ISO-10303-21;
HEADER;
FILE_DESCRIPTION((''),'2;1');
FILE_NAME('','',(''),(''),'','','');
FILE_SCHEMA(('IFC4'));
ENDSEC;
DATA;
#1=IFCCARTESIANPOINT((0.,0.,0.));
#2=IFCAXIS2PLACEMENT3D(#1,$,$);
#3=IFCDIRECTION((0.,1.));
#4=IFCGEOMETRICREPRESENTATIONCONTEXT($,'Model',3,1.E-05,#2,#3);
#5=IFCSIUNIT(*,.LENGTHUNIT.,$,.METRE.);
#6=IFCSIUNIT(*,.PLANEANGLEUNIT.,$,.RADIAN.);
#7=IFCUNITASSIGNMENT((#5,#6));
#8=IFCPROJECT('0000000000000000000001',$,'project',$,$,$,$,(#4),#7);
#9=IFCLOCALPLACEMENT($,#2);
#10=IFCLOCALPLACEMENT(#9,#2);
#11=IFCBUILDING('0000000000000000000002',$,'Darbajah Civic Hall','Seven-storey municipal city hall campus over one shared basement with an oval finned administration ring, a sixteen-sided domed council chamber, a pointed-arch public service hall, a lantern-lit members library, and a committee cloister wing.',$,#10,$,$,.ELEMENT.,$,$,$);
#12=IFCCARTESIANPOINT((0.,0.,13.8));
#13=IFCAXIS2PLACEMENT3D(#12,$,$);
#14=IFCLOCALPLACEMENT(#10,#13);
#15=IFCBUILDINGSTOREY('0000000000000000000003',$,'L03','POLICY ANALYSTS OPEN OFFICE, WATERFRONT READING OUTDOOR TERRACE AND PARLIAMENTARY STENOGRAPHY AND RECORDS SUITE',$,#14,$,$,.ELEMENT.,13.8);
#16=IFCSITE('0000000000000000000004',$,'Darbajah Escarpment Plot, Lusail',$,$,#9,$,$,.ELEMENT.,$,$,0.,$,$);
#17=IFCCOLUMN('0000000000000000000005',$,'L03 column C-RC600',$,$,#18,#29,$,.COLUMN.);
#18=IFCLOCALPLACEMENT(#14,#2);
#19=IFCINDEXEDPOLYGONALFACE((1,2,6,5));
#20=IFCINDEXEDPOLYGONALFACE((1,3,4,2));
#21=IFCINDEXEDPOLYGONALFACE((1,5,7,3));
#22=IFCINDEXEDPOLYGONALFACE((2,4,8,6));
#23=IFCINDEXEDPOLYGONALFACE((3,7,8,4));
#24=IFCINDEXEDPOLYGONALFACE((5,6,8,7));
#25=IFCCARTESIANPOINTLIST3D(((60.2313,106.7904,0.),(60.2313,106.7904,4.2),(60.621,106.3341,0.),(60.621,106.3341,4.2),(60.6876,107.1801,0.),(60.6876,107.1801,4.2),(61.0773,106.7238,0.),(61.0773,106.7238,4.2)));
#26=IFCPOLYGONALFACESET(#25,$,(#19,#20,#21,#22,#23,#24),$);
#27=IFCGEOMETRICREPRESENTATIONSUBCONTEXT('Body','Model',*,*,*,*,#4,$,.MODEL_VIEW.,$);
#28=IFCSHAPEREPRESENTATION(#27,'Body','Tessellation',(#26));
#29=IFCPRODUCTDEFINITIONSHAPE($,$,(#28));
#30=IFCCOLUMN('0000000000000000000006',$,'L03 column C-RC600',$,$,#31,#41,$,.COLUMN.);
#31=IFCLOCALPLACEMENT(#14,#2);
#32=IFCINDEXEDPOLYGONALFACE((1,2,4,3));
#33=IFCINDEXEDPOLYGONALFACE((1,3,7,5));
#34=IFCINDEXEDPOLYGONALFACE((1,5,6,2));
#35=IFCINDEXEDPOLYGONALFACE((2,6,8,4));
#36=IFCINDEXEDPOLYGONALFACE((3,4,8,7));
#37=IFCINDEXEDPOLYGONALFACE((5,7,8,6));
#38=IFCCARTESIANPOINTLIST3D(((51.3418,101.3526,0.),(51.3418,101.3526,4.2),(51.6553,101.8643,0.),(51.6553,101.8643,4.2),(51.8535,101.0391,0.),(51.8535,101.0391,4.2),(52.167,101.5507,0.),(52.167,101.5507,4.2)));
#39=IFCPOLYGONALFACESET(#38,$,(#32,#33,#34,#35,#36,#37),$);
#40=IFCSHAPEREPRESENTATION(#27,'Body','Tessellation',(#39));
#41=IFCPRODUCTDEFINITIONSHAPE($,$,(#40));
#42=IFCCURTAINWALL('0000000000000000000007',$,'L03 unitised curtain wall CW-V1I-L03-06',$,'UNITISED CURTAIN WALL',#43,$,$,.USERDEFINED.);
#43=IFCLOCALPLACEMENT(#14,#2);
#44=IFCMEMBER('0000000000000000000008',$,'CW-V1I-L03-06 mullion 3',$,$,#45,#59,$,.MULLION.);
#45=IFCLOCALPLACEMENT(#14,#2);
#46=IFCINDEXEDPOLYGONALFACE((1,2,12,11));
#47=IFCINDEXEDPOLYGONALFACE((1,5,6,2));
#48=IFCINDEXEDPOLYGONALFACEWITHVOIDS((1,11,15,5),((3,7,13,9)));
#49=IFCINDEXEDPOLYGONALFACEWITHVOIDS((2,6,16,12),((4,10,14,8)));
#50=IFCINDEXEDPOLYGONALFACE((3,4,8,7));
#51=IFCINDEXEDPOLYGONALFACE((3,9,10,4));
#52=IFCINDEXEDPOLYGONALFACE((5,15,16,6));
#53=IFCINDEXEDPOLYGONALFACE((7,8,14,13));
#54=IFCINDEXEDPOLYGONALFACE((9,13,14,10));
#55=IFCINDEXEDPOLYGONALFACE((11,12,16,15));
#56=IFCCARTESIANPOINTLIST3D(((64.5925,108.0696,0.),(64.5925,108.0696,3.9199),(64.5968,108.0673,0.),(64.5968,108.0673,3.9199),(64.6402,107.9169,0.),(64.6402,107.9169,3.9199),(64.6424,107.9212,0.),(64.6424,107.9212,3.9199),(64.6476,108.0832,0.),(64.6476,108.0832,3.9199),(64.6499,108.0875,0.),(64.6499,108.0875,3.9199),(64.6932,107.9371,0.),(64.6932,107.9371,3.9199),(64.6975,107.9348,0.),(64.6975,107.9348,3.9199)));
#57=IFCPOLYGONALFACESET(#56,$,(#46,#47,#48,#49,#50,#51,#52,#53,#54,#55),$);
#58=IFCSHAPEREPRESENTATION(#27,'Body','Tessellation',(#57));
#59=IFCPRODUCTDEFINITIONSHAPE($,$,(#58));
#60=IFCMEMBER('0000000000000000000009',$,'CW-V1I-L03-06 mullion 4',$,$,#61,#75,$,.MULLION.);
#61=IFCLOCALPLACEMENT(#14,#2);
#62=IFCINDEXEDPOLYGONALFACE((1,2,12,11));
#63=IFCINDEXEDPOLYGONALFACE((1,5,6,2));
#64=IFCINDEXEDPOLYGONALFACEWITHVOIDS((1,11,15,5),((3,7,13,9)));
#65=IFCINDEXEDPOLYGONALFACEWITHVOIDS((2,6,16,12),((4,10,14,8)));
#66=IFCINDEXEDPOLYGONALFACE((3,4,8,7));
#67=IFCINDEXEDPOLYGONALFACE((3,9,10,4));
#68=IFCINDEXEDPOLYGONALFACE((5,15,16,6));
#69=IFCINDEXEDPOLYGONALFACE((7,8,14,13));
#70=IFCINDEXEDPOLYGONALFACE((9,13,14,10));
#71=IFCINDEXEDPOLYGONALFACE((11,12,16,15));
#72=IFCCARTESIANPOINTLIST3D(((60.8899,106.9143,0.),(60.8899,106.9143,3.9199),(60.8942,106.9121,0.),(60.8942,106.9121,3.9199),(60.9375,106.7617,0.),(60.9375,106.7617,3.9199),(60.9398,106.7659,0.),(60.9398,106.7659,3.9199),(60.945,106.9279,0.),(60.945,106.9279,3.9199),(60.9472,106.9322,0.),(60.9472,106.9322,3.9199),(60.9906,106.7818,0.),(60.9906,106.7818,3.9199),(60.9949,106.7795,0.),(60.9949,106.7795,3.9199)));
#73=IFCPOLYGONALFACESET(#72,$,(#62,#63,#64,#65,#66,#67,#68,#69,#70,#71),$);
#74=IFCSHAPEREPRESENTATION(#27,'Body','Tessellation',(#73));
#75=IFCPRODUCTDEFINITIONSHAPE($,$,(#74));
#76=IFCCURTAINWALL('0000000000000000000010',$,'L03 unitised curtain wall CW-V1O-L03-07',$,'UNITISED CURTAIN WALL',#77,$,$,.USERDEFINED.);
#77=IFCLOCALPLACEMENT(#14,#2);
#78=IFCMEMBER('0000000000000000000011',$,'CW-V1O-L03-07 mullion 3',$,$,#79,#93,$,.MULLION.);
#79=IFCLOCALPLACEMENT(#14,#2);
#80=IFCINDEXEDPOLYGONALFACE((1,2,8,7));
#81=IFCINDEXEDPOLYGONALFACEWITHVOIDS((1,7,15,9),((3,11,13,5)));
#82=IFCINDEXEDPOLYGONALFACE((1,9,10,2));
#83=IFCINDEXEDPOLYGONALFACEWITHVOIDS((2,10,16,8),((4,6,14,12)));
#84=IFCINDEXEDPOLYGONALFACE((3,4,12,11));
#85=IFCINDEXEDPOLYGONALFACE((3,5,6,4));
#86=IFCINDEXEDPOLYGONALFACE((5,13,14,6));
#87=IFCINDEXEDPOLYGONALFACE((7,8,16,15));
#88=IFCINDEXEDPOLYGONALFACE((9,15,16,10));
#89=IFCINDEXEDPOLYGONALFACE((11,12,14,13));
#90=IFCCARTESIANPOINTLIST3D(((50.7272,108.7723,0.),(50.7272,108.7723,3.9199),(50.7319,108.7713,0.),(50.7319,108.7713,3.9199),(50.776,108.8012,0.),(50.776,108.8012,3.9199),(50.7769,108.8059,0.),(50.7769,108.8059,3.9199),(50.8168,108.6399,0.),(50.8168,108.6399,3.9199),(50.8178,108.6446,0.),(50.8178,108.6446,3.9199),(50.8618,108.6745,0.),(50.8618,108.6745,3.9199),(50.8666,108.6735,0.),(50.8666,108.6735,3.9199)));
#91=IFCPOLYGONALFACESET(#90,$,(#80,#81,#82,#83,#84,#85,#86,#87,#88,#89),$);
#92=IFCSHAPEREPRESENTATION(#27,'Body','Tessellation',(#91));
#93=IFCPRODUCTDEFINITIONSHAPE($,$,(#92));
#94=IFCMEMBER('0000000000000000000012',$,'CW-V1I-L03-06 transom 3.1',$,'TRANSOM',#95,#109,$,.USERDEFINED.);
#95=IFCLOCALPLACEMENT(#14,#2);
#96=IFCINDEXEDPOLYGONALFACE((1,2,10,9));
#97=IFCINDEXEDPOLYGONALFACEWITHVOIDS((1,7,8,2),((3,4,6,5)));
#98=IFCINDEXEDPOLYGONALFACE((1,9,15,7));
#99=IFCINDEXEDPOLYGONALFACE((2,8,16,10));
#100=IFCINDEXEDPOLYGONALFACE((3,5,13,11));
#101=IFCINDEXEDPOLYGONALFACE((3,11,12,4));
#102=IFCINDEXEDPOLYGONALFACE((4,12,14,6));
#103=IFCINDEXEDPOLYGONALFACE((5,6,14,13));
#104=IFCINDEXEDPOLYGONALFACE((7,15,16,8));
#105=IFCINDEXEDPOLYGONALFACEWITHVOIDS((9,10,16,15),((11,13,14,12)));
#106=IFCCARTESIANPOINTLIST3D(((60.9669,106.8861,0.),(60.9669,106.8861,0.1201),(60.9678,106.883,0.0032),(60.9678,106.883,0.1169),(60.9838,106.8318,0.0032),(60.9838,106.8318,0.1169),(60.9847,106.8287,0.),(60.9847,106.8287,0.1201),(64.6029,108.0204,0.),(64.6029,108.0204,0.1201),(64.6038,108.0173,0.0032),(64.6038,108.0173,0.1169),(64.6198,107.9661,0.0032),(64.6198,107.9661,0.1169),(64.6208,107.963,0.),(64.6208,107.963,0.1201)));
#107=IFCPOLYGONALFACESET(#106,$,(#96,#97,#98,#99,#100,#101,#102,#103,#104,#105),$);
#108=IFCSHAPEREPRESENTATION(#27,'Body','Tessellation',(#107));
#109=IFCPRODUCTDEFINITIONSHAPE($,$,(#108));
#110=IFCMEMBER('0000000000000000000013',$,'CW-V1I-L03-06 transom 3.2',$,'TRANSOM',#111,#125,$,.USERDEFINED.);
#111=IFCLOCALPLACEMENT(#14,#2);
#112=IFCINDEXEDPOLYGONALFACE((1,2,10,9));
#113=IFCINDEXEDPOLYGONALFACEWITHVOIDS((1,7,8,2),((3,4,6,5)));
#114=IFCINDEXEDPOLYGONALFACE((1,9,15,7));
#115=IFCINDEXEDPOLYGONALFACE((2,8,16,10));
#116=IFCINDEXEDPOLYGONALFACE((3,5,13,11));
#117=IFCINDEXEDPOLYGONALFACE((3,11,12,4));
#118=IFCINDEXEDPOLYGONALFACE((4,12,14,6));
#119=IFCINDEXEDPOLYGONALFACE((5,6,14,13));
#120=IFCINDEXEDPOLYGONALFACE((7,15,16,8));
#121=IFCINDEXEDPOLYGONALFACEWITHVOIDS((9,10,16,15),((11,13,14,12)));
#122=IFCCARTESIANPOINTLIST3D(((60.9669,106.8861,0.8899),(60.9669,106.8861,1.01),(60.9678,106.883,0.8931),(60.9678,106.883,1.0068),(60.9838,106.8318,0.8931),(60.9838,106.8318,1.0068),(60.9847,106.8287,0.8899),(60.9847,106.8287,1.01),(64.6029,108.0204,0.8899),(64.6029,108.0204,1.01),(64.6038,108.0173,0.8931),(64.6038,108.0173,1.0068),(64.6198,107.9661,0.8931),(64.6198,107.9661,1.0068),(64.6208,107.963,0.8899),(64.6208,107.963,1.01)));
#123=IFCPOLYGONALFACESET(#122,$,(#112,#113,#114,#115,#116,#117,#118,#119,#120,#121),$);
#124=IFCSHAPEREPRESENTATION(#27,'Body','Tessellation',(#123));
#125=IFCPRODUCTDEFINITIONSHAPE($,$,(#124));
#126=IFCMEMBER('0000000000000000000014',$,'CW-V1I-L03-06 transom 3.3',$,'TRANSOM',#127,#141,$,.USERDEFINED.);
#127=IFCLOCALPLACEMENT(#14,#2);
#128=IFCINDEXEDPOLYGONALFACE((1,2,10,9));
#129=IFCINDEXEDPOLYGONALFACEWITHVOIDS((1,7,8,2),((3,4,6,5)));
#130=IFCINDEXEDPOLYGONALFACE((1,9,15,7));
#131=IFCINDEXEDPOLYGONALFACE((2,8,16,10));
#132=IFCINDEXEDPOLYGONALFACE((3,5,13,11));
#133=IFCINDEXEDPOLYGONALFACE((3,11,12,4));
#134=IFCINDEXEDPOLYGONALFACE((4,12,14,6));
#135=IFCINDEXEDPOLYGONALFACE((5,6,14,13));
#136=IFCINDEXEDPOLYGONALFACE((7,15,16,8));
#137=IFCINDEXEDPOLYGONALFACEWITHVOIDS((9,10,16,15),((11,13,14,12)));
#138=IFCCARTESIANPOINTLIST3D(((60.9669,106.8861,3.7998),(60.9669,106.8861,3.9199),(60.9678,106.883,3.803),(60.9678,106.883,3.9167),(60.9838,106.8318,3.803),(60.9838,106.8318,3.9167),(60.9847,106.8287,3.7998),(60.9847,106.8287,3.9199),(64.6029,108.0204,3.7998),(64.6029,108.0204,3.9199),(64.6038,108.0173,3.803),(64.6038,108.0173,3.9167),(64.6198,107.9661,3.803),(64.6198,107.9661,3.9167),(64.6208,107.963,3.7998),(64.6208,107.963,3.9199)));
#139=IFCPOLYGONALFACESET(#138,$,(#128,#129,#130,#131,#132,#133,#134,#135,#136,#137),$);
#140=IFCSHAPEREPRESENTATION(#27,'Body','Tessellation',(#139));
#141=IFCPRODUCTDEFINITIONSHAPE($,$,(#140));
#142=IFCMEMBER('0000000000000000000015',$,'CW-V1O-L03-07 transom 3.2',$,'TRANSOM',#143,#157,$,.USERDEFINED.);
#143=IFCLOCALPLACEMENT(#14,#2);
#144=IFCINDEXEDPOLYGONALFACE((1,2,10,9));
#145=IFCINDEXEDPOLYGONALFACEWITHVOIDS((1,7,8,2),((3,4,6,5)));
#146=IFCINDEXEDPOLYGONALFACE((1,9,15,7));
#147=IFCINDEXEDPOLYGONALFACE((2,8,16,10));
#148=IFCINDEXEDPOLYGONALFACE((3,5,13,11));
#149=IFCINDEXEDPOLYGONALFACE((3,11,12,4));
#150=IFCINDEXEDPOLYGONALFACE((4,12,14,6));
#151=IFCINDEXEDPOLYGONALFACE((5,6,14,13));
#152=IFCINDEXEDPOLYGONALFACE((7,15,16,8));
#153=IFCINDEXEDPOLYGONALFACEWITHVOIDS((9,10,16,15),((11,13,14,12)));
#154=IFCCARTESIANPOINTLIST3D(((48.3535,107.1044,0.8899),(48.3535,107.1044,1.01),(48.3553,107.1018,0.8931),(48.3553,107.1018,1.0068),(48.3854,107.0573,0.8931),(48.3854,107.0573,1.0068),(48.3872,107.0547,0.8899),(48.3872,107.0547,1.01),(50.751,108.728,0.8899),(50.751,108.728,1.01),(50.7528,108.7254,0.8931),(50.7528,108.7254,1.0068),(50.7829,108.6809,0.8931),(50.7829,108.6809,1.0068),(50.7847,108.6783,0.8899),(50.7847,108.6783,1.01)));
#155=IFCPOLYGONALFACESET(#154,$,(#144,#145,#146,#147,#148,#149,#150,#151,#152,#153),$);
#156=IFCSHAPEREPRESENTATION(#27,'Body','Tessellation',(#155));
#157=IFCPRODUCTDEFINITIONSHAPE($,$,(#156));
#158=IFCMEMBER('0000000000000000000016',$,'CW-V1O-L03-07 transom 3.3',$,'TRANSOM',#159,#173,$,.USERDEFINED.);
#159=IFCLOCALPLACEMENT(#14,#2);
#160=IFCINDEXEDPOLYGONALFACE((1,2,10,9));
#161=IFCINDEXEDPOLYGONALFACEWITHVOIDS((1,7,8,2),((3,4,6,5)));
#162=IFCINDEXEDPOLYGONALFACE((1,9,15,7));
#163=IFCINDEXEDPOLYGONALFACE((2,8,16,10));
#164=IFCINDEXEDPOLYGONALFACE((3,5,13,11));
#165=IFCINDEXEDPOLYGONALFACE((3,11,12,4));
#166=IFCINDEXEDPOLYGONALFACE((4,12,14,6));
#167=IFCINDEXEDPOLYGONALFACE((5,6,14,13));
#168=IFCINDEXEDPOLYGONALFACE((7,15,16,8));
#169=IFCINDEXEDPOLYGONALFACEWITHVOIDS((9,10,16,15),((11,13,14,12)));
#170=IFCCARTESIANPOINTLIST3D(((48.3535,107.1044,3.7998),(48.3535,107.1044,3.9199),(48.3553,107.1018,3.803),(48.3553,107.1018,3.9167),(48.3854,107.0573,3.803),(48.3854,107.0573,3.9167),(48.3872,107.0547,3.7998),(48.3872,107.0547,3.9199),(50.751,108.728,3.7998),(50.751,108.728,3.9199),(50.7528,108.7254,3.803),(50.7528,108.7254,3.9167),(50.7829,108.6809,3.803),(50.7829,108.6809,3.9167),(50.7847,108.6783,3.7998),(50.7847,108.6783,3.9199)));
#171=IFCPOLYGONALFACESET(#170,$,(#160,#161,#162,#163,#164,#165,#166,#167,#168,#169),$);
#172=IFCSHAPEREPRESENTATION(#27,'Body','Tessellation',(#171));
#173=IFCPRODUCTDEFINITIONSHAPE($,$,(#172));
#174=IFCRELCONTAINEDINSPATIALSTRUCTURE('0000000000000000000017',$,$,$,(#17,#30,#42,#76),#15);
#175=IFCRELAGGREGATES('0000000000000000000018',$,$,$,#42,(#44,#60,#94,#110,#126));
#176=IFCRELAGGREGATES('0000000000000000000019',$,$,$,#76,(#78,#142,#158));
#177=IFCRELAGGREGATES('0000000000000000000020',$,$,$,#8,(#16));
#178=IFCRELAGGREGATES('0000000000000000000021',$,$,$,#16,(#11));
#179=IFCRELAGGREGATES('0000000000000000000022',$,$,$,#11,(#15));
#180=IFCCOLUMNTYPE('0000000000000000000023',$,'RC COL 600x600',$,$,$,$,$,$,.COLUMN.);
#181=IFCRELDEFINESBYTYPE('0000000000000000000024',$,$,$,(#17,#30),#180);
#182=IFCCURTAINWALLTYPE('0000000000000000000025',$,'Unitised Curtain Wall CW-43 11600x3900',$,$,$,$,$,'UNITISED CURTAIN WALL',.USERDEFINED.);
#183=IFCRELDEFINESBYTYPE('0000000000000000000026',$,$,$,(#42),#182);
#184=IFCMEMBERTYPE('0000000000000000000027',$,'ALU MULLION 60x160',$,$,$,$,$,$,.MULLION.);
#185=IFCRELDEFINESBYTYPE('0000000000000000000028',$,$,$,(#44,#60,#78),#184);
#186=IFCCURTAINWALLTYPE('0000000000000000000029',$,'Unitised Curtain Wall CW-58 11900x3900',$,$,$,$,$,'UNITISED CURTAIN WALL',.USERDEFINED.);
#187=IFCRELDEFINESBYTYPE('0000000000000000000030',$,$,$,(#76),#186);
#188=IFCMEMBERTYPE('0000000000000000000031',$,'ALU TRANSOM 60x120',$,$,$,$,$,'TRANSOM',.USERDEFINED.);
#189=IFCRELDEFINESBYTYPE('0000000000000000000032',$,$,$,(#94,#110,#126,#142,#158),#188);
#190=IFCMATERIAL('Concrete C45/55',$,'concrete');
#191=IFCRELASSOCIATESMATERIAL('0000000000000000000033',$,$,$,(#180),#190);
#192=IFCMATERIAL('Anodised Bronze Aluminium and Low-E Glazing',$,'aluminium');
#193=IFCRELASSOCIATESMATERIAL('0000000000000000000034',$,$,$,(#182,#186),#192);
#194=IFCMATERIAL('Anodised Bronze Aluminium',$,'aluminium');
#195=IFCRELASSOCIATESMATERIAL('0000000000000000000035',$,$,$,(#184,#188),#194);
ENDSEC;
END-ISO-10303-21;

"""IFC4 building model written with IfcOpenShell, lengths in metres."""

from ifc_helpers import new_model, si_unit, direction, frame, origin, origin_2d, place, context, subcontext, project, spatial, rectangle, hollow_rectangle, extrude, material, material_profile, profile_set, type_object, element, aggregate, save


model = new_model("IFC4")

# Units and contexts
model_context = context("Model", 3, precision=1e-05, world=origin(), true_north=direction((0.0, 1.0)))
body_context = subcontext(model_context, "Body", "Model", "MODEL_VIEW")
ifc_project = project(units=[si_unit("LENGTHUNIT", "METRE"), si_unit("PLANEANGLEUNIT", "RADIAN")], contexts=[model_context])

# Site, building, storey
site_placement = place(None, origin())
site = spatial("IfcSite", under=ifc_project, at=site_placement, Name="Darbajah Escarpment Plot, Lusail", CompositionType="ELEMENT", RefElevation=0.0)
building_placement = place(site_placement, origin())
building = spatial("IfcBuilding", under=site, at=building_placement, Name="Darbajah Civic Hall", Description="Seven-storey municipal city hall campus over one shared basement with an oval finned administration ring, a sixteen-sided domed council chamber, a pointed-arch public service hall, a lantern-lit members library, and a committee cloister wing.", CompositionType="ELEMENT")
storey_placement = place(building_placement, frame((0.0, 0.0, 13.8)))
storey = spatial("IfcBuildingStorey", under=building, at=storey_placement, Name="L03", Description="POLICY ANALYSTS OPEN OFFICE, WATERFRONT READING OUTDOOR TERRACE AND PARLIAMENTARY STENOGRAPHY AND RECORDS SUITE", CompositionType="ELEMENT", Elevation=13.8)

# Columns
ifc_material_1 = material(Name="Concrete C45/55", Category="concrete")
ifc_material_profile_1 = material_profile(ifc_material_1, rectangle(XDim=0.6001, YDim=0.6001, at=origin_2d()), Name="RC COL 600x600")
ifc_profile_set_1 = profile_set([ifc_material_profile_1], Name="Concrete C45/55")
column_type = type_object("IfcColumnType", Name="RC COL 600x600", PredefinedType="COLUMN", material=ifc_profile_set_1)
for number, where, z_axis, x_axis, name in (
    (1, (60.6543, 106.7571, 0.0), (0.0, 0.0, 1.0), (-0.649448, 0.760406, 0.0), "L03 column C-RC600"),
    (2, (51.7544, 101.4517, 0.0), (0.0, 0.0, 1.0), (-0.85264, 0.522499, 0.0), "L03 column C-RC600"),
):
    element("IfcColumn", number, at=place(storey_placement, frame(where, z_axis=z_axis, x_axis=x_axis)), inside=storey, type_object=column_type, Name=name, PredefinedType="COLUMN", context=body_context, shape_type="SweptSolid", body=[
        extrude(rectangle(XDim=0.6001, YDim=0.6001, at=origin_2d()), origin(), (0.0, 0.0, 1.0), 4.2),
    ])

# Curtain wall, members
ifc_material_2 = material(Name="Anodised Bronze Aluminium and Low-E Glazing", Category="aluminium")
curtain_wall_type_1 = type_object("IfcCurtainWallType", Name="Unitised Curtain Wall CW-43 11600x3900", ElementType="UNITISED CURTAIN WALL", PredefinedType="USERDEFINED", material=ifc_material_2)
curtain_wall_1_placement = place(storey_placement, origin())
curtain_wall_1 = element("IfcCurtainWall", 3, at=curtain_wall_1_placement, inside=storey, type_object=curtain_wall_type_1, Name="L03 unitised curtain wall CW-V1I-L03-06", ObjectType="UNITISED CURTAIN WALL", PredefinedType="USERDEFINED")
ifc_material_3 = material(Name="Anodised Bronze Aluminium", Category="aluminium")
ifc_material_profile_2 = material_profile(ifc_material_3, hollow_rectangle(XDim=0.0601, YDim=0.1599, WallThickness=0.0034, at=origin_2d()), Name="ALU MULLION 60x160")
ifc_profile_set_2 = profile_set([ifc_material_profile_2], Name="Anodised Bronze Aluminium")
member_type_1 = type_object("IfcMemberType", Name="ALU MULLION 60x160", PredefinedType="MULLION", material=ifc_profile_set_2)
member_1_placement = place(storey_placement, frame((64.645, 108.0022, 0.0), z_axis=(0.0, 0.0, 1.0), x_axis=(-0.954605, -0.297875, 0.0)))
member_1 = element("IfcMember", 4, at=member_1_placement, type_object=member_type_1, Name="CW-V1I-L03-06 mullion 3", PredefinedType="MULLION", context=body_context, shape_type="SweptSolid", body=[
    extrude(hollow_rectangle(XDim=0.0601, YDim=0.1599, WallThickness=0.0034, at=origin_2d()), origin(), (0.0, 0.0, 1.0), 3.9199),
])
member_2_placement = place(storey_placement, frame((60.9424, 106.8469, 0.0), z_axis=(0.0, 0.0, 1.0), x_axis=(-0.954605, -0.297875, 0.0)))
member_2 = element("IfcMember", 5, at=member_2_placement, type_object=member_type_1, Name="CW-V1I-L03-06 mullion 4", PredefinedType="MULLION", context=body_context, shape_type="SweptSolid", body=[
    extrude(hollow_rectangle(XDim=0.0601, YDim=0.1599, WallThickness=0.0034, at=origin_2d()), origin(), (0.0, 0.0, 1.0), 3.9199),
])

# Curtain wall, member
curtain_wall_type_2 = type_object("IfcCurtainWallType", Name="Unitised Curtain Wall CW-58 11900x3900", ElementType="UNITISED CURTAIN WALL", PredefinedType="USERDEFINED", material=ifc_material_2)
curtain_wall_2_placement = place(storey_placement, origin())
curtain_wall_2 = element("IfcCurtainWall", 6, at=curtain_wall_2_placement, inside=storey, type_object=curtain_wall_type_2, Name="L03 unitised curtain wall CW-V1O-L03-07", ObjectType="UNITISED CURTAIN WALL", PredefinedType="USERDEFINED")
member_3_placement = place(storey_placement, frame((50.7969, 108.7229, 0.0), z_axis=(0.0, 0.0, 1.0), x_axis=(-0.827962, -0.560784, 0.0)))
member_3 = element("IfcMember", 7, at=member_3_placement, type_object=member_type_1, Name="CW-V1O-L03-07 mullion 3", PredefinedType="MULLION", context=body_context, shape_type="SweptSolid", body=[
    extrude(hollow_rectangle(XDim=0.0601, YDim=0.1599, WallThickness=0.0034, at=origin_2d()), origin(), (0.0, 0.0, 1.0), 3.9199),
])

# Members
ifc_material_profile_3 = material_profile(ifc_material_3, hollow_rectangle(XDim=0.0601, YDim=0.1201, WallThickness=0.0032, at=origin_2d()), Name="ALU TRANSOM 60x120")
ifc_profile_set_3 = profile_set([ifc_material_profile_3], Name="Anodised Bronze Aluminium")
member_type_2 = type_object("IfcMemberType", Name="ALU TRANSOM 60x120", ElementType="TRANSOM", PredefinedType="USERDEFINED", material=ifc_profile_set_3)
member_4_placement = place(storey_placement, frame((64.6118, 107.9917, 0.0601), z_axis=(-0.954627, -0.297804, 0.0), x_axis=(0.297804, -0.954627, 0.0)))
member_4 = element("IfcMember", 8, at=member_4_placement, type_object=member_type_2, Name="CW-V1I-L03-06 transom 3.1", ObjectType="TRANSOM", PredefinedType="USERDEFINED", context=body_context, shape_type="SweptSolid", body=[
    extrude(hollow_rectangle(XDim=0.0601, YDim=0.1201, WallThickness=0.0032, at=origin_2d()), origin(), (0.0, 0.0, 1.0), 3.8088),
])
member_5_placement = place(storey_placement, frame((64.6118, 107.9917, 0.95), z_axis=(-0.954627, -0.297804, 0.0), x_axis=(0.297804, -0.954627, 0.0)))
member_5 = element("IfcMember", 9, at=member_5_placement, type_object=member_type_2, Name="CW-V1I-L03-06 transom 3.2", ObjectType="TRANSOM", PredefinedType="USERDEFINED", context=body_context, shape_type="SweptSolid", body=[
    extrude(hollow_rectangle(XDim=0.0601, YDim=0.1201, WallThickness=0.0032, at=origin_2d()), origin(), (0.0, 0.0, 1.0), 3.8088),
])
member_6_placement = place(storey_placement, frame((64.6118, 107.9917, 3.8599), z_axis=(-0.954627, -0.297804, 0.0), x_axis=(0.297804, -0.954627, 0.0)))
member_6 = element("IfcMember", 10, at=member_6_placement, type_object=member_type_2, Name="CW-V1I-L03-06 transom 3.3", ObjectType="TRANSOM", PredefinedType="USERDEFINED", context=body_context, shape_type="SweptSolid", body=[
    extrude(hollow_rectangle(XDim=0.0601, YDim=0.1201, WallThickness=0.0032, at=origin_2d()), origin(), (0.0, 0.0, 1.0), 3.8088),
])
member_7_placement = place(storey_placement, frame((50.7678, 108.7031, 0.95), z_axis=(-0.828007, -0.560718, 0.0), x_axis=(0.560718, -0.828007, 0.0)))
member_7 = element("IfcMember", 11, at=member_7_placement, type_object=member_type_2, Name="CW-V1O-L03-07 transom 3.2", ObjectType="TRANSOM", PredefinedType="USERDEFINED", context=body_context, shape_type="SweptSolid", body=[
    extrude(hollow_rectangle(XDim=0.0601, YDim=0.1201, WallThickness=0.0032, at=origin_2d()), origin(), (0.0, 0.0, 1.0), 2.8955),
])
member_8_placement = place(storey_placement, frame((50.7678, 108.7031, 3.8599), z_axis=(-0.828007, -0.560718, 0.0), x_axis=(0.560718, -0.828007, 0.0)))
member_8 = element("IfcMember", 12, at=member_8_placement, type_object=member_type_2, Name="CW-V1O-L03-07 transom 3.3", ObjectType="TRANSOM", PredefinedType="USERDEFINED", context=body_context, shape_type="SweptSolid", body=[
    extrude(hollow_rectangle(XDim=0.0601, YDim=0.1201, WallThickness=0.0032, at=origin_2d()), origin(), (0.0, 0.0, 1.0), 2.8955),
])

aggregate(curtain_wall_1, [member_1, member_2, member_4, member_5, member_6])
aggregate(curtain_wall_2, [member_3, member_7, member_8])

save(model, "model.ifc")
